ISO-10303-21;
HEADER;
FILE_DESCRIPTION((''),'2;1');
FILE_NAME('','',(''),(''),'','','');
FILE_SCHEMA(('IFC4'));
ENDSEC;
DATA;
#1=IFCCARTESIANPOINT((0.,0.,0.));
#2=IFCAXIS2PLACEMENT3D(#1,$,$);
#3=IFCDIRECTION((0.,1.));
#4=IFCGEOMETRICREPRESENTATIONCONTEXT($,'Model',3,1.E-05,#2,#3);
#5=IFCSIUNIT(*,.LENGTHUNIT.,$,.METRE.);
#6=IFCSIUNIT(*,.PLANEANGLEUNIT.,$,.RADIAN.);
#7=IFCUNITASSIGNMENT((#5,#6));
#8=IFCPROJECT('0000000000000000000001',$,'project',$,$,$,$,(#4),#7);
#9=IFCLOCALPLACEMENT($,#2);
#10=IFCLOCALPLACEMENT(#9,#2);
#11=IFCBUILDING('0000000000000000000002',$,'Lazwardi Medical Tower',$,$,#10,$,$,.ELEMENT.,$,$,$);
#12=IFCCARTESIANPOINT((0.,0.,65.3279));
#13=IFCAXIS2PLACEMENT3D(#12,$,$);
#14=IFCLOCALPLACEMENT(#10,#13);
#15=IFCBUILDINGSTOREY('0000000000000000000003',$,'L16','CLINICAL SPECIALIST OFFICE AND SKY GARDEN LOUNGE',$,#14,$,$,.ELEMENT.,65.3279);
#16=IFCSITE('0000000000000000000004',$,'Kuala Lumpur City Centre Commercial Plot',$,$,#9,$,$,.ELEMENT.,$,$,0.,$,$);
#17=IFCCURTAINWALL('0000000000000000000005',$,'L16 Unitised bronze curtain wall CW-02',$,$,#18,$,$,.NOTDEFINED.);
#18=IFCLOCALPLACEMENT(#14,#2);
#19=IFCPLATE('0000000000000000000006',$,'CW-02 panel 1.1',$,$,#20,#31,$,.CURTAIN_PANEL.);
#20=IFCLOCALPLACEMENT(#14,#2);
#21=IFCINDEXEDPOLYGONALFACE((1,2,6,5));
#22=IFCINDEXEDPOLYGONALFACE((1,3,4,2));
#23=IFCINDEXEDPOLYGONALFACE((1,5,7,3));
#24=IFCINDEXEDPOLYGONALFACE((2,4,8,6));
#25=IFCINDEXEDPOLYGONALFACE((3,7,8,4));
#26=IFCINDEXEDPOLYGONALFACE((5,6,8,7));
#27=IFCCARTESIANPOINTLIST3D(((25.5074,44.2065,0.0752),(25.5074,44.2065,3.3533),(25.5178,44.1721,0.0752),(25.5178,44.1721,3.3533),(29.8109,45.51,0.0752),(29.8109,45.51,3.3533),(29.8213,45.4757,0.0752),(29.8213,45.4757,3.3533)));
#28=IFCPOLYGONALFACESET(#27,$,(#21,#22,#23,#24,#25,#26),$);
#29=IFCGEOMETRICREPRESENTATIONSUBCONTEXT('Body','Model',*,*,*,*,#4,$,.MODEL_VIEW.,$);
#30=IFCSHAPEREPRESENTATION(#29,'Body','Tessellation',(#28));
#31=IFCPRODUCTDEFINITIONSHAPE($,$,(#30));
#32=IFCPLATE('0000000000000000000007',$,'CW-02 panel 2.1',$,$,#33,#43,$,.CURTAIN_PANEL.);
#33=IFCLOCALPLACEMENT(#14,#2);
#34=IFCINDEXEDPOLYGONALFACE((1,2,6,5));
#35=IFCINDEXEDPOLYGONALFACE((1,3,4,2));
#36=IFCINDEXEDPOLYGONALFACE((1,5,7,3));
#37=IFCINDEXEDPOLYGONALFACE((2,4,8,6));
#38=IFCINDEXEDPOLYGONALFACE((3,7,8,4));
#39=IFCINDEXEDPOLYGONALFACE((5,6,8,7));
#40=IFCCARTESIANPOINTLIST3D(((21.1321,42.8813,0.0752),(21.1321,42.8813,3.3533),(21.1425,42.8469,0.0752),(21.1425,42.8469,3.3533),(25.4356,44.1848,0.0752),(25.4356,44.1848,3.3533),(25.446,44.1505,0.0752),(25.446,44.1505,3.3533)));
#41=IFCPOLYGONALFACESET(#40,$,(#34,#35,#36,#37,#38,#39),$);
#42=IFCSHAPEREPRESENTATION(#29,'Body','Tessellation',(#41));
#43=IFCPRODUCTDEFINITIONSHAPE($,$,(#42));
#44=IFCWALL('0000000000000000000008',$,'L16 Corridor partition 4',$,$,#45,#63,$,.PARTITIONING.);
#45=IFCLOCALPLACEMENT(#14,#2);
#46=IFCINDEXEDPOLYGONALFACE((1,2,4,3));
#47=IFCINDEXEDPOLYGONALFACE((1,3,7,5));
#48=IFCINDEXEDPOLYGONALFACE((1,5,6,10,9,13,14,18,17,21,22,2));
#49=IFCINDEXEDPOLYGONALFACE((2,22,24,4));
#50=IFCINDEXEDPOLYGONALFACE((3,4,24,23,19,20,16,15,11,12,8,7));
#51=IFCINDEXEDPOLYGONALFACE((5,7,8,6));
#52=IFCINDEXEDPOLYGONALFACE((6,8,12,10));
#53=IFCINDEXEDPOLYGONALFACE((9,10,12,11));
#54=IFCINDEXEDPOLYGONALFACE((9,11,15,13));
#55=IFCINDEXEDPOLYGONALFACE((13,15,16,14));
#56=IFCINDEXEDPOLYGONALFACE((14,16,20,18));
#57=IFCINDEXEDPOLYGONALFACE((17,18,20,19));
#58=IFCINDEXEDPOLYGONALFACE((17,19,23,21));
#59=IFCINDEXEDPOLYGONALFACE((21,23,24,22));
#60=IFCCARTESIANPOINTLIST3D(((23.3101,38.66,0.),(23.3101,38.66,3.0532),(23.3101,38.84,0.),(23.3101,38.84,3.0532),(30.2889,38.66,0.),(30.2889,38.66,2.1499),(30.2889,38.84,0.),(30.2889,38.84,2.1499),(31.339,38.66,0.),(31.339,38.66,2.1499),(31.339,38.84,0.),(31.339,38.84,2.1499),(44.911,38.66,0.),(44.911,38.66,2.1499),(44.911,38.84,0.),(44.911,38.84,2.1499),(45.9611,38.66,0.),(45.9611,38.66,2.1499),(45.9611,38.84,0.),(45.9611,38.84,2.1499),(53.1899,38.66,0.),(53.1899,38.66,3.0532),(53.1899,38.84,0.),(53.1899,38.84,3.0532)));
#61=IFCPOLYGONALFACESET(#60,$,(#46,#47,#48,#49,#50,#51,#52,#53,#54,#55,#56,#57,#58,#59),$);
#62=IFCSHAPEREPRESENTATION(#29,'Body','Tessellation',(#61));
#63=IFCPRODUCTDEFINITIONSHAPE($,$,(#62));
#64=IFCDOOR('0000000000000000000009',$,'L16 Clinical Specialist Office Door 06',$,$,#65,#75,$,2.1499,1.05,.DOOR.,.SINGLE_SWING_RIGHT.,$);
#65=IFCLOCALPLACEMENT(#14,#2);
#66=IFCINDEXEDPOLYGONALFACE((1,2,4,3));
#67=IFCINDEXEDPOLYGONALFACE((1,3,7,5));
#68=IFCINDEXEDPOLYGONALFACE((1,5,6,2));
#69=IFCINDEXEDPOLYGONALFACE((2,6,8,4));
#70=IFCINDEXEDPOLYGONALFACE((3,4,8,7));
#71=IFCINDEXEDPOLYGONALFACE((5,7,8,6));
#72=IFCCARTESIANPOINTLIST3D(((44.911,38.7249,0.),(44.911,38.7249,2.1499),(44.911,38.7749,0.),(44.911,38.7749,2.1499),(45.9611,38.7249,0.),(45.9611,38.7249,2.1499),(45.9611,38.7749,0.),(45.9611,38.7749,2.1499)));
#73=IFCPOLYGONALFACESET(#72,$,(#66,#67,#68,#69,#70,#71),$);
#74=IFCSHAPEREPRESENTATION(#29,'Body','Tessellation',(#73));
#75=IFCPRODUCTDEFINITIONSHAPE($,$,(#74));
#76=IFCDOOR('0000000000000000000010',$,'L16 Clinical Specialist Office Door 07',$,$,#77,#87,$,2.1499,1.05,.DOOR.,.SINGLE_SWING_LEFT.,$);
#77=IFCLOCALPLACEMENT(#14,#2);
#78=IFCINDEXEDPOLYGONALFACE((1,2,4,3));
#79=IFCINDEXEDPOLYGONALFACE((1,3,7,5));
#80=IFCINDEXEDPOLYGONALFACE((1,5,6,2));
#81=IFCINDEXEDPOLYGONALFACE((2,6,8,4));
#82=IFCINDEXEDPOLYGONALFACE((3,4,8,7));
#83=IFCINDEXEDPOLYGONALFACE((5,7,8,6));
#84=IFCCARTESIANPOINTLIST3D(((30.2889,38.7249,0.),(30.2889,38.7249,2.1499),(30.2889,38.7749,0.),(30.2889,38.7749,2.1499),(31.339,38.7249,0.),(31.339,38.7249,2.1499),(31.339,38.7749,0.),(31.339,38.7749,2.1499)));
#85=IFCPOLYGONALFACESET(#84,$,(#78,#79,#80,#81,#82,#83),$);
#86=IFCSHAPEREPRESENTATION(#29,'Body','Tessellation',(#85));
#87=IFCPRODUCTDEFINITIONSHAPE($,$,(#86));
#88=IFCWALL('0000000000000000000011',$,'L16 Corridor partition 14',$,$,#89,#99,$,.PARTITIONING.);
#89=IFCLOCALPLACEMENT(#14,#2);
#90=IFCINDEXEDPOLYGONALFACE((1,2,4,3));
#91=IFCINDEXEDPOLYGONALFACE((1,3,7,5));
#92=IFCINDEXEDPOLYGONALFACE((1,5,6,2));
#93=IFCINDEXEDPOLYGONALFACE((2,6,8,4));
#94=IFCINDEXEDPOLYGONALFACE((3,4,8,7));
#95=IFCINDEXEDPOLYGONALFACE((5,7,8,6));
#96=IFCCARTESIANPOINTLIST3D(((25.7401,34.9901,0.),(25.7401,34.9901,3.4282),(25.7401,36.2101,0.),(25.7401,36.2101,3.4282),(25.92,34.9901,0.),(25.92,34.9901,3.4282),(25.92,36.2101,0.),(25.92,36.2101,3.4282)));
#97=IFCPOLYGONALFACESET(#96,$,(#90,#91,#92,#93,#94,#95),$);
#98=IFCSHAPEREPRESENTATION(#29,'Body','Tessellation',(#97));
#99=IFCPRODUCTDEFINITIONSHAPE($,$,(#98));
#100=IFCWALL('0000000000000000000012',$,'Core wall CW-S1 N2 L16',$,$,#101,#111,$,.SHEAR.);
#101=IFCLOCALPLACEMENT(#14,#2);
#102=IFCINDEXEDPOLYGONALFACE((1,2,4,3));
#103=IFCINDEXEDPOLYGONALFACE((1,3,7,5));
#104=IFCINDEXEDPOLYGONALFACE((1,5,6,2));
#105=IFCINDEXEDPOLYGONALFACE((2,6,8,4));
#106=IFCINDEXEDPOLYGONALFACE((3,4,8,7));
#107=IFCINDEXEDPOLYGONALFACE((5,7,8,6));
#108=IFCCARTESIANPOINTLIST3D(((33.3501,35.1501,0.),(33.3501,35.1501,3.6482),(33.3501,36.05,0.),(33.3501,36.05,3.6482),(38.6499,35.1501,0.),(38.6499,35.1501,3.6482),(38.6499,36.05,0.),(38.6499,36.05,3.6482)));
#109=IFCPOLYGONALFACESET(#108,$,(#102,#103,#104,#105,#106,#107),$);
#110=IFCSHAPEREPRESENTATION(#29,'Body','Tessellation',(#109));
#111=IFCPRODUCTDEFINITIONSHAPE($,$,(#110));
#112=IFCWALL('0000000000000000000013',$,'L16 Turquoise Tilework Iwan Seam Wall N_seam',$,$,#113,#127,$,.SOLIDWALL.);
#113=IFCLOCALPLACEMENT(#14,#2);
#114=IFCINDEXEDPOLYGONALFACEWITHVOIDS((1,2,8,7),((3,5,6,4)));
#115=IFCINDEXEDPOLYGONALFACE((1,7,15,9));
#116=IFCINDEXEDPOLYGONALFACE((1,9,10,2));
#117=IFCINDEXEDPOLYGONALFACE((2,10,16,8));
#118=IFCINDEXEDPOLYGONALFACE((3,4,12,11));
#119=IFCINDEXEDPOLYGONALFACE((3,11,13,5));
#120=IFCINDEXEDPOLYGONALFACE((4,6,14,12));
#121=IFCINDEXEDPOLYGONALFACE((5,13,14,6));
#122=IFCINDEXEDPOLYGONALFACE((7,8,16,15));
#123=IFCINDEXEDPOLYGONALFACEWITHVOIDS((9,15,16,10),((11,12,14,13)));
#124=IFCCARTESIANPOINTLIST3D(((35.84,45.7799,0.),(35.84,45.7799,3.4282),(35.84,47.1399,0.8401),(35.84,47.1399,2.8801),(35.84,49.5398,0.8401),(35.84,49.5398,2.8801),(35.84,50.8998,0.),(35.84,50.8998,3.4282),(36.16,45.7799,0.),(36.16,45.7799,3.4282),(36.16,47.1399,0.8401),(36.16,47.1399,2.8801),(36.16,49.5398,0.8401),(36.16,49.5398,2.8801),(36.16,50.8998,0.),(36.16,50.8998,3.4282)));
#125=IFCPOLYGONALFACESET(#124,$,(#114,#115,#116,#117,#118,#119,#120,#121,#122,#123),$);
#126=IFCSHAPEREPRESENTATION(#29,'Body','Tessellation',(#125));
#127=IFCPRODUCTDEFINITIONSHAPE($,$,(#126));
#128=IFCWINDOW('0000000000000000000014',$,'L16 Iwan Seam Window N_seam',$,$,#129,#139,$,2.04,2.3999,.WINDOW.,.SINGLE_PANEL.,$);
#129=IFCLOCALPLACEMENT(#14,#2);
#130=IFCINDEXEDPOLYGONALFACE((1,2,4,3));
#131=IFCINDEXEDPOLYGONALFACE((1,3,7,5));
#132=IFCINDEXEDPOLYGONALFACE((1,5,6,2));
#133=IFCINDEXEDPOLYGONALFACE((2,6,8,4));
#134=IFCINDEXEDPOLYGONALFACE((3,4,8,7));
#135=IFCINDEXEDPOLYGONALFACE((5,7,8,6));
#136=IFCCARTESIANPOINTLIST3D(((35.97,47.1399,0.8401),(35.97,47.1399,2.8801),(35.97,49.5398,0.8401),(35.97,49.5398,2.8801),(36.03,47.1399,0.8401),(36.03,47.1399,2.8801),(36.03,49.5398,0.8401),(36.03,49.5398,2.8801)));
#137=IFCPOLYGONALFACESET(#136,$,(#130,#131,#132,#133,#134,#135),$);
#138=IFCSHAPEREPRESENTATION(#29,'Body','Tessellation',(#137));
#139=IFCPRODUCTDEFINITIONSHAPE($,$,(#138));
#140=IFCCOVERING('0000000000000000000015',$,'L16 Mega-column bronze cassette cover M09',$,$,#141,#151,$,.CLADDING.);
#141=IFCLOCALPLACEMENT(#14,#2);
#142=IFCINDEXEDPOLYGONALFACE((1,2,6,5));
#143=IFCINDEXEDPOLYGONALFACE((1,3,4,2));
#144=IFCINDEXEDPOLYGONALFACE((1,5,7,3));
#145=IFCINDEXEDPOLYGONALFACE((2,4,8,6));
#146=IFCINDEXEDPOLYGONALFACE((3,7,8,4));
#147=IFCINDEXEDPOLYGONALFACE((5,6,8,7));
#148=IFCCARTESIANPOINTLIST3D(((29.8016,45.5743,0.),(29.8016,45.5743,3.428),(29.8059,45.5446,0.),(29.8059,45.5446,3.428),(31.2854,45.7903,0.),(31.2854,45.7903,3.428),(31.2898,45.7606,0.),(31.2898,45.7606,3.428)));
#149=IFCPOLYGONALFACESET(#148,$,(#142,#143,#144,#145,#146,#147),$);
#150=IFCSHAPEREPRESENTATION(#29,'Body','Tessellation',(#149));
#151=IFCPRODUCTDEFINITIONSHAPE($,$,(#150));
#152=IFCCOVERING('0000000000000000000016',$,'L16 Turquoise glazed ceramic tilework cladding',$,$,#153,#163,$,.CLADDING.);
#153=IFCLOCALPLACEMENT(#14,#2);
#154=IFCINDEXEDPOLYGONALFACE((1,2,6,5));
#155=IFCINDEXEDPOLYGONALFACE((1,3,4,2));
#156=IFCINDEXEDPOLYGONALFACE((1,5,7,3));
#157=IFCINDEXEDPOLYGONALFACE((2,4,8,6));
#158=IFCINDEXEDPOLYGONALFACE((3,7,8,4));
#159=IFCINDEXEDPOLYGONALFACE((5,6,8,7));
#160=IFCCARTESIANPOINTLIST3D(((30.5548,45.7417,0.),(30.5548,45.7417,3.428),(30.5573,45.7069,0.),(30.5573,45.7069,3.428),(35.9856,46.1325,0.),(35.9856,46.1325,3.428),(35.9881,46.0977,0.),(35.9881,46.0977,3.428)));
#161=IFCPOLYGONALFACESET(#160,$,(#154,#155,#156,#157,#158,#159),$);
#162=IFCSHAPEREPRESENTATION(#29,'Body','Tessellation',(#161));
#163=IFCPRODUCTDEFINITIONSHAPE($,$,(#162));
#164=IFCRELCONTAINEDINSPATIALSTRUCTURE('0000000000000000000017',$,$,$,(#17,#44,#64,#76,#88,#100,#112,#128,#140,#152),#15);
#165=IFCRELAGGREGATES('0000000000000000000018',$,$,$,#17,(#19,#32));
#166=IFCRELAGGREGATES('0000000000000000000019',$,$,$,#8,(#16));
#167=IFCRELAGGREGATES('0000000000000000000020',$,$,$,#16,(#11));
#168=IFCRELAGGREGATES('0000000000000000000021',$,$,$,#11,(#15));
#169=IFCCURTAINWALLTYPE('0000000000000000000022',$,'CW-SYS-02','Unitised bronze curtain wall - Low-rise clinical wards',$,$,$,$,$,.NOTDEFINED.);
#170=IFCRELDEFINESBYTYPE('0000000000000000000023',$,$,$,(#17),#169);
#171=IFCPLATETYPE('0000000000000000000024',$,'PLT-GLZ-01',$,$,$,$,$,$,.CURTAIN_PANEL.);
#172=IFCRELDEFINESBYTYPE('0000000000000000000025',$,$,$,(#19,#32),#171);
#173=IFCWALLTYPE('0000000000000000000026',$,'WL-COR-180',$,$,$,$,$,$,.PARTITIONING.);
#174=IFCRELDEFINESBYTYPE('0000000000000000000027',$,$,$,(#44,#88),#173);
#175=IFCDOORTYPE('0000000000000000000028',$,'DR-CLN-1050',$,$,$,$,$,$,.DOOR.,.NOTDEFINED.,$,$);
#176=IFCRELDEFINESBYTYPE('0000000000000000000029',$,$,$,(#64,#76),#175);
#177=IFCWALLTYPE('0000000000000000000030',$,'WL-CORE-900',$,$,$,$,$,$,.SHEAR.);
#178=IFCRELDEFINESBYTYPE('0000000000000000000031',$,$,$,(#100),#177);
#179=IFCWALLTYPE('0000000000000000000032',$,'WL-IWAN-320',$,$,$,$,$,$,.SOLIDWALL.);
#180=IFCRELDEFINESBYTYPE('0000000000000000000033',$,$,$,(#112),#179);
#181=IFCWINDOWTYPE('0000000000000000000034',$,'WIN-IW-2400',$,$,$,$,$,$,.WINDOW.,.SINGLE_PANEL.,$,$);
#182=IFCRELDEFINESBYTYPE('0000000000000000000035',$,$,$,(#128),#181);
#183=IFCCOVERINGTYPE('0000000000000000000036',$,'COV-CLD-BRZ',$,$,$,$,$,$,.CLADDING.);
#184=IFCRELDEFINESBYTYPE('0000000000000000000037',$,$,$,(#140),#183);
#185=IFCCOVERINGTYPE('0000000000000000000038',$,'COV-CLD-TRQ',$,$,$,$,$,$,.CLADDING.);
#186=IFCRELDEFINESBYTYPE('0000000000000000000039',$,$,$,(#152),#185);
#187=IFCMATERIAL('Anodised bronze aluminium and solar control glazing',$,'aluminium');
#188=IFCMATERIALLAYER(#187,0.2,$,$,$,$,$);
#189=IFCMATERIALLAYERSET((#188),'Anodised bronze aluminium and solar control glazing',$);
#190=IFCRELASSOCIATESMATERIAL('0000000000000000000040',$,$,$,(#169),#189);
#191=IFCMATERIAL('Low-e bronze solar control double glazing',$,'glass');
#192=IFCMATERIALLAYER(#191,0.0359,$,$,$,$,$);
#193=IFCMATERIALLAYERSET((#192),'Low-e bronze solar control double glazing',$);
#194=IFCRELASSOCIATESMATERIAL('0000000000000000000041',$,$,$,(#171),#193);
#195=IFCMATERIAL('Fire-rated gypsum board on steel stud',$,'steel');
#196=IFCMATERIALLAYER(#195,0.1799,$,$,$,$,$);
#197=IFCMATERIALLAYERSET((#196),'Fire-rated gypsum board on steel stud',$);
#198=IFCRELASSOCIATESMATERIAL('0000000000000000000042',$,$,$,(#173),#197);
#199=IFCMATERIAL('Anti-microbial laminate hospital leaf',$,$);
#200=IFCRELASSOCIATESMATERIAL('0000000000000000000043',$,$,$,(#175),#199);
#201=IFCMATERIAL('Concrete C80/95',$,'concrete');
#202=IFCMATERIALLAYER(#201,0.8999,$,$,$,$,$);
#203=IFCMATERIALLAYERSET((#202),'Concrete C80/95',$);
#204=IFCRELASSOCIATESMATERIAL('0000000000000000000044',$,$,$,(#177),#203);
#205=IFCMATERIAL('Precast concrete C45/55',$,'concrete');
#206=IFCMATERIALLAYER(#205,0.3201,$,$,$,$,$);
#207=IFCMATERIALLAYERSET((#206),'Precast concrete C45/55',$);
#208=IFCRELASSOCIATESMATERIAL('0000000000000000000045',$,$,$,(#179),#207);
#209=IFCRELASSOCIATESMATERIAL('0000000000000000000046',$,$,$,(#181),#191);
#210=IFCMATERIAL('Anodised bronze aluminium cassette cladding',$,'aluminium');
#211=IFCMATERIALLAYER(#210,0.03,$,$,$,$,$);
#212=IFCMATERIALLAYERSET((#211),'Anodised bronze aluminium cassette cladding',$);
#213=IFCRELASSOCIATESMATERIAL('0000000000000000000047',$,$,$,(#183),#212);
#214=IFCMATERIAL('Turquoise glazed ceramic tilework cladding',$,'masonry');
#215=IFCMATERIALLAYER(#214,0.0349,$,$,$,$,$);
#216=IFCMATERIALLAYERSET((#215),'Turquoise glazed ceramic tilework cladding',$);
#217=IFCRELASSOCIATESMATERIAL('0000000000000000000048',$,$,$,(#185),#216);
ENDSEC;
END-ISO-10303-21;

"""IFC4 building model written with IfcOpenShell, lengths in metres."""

from ifc_helpers import new_model, si_unit, direction, frame, frame_2d, origin, origin_2d, place, context, subcontext, project, spatial, rectangle, extrude, material, layer, layer_set, type_object, element, fill, aggregate, save


model = new_model("IFC4")

# Units and contexts
model_context = context("Model", 3, precision=1e-05, world=origin(), true_north=direction((0.0, 1.0)))
body_context = subcontext(model_context, "Body", "Model", "MODEL_VIEW")
ifc_project = project(units=[si_unit("LENGTHUNIT", "METRE"), si_unit("PLANEANGLEUNIT", "RADIAN")], contexts=[model_context])

# Site, building, storey
site_placement = place(None, origin())
site = spatial("IfcSite", under=ifc_project, at=site_placement, Name="Kuala Lumpur City Centre Commercial Plot", CompositionType="ELEMENT", RefElevation=0.0)
building_placement = place(site_placement, origin())
building = spatial("IfcBuilding", under=site, at=building_placement, Name="Lazwardi Medical Tower", CompositionType="ELEMENT")
storey_placement = place(building_placement, frame((0.0, 0.0, 65.3279)))
storey = spatial("IfcBuildingStorey", under=building, at=storey_placement, Name="L16", Description="CLINICAL SPECIALIST OFFICE AND SKY GARDEN LOUNGE", CompositionType="ELEMENT", Elevation=65.3279)

# Curtain wall, plates
ifc_material_1 = material(Name="Anodised bronze aluminium and solar control glazing", Category="aluminium")
ifc_layer_1 = layer(ifc_material_1, 0.2)
ifc_layer_set_1 = layer_set([ifc_layer_1], Name="Anodised bronze aluminium and solar control glazing")
curtain_wall_type = type_object("IfcCurtainWallType", Name="CW-SYS-02", Description="Unitised bronze curtain wall - Low-rise clinical wards", PredefinedType="NOTDEFINED", material=ifc_layer_set_1)
curtain_wall_placement = place(storey_placement, origin())
curtain_wall = element("IfcCurtainWall", 1, at=curtain_wall_placement, inside=storey, type_object=curtain_wall_type, Name="L16 Unitised bronze curtain wall CW-02", PredefinedType="NOTDEFINED")
ifc_material_2 = material(Name="Low-e bronze solar control double glazing", Category="glass")
ifc_layer_2 = layer(ifc_material_2, 0.0359)
ifc_layer_set_2 = layer_set([ifc_layer_2], Name="Low-e bronze solar control double glazing")
plate_type = type_object("IfcPlateType", Name="PLT-GLZ-01", PredefinedType="CURTAIN_PANEL", material=ifc_layer_set_2)
plate_1_placement = place(storey_placement, frame((27.6643, 44.8411, 0.0752), z_axis=(0.0, 0.0, 1.0), x_axis=(-0.957058, -0.289896, 0.0)))
plate_1 = element("IfcPlate", 2, at=plate_1_placement, type_object=plate_type, Name="CW-02 panel 1.1", PredefinedType="CURTAIN_PANEL", context=body_context, shape_type="SweptSolid", body=[
    extrude(rectangle(XDim=4.4966, YDim=0.0359, at=origin_2d()), origin(), (0.0, 0.0, 1.0), 3.2781),
])
plate_2_placement = place(storey_placement, frame((23.2891, 43.5159, 0.0752), z_axis=(0.0, 0.0, 1.0), x_axis=(-0.957058, -0.289896, 0.0)))
plate_2 = element("IfcPlate", 3, at=plate_2_placement, type_object=plate_type, Name="CW-02 panel 2.1", PredefinedType="CURTAIN_PANEL", context=body_context, shape_type="SweptSolid", body=[
    extrude(rectangle(XDim=4.4966, YDim=0.0359, at=origin_2d()), origin(), (0.0, 0.0, 1.0), 3.2781),
])
aggregate(curtain_wall, [plate_1, plate_2])

# Wall, openings, doors
ifc_material_3 = material(Name="Fire-rated gypsum board on steel stud", Category="steel")
ifc_layer_3 = layer(ifc_material_3, 0.1799)
ifc_layer_set_3 = layer_set([ifc_layer_3], Name="Fire-rated gypsum board on steel stud")
wall_type_1 = type_object("IfcWallType", Name="WL-COR-180", PredefinedType="PARTITIONING", material=ifc_layer_set_3)
wall_1_placement = place(storey_placement, frame((23.3101, 38.75, 0.0), z_axis=(0.0, 0.0, 1.0), x_axis=(1.0, 0.0, 0.0)))
wall_1 = element("IfcWall", 4, at=wall_1_placement, inside=storey, type_object=wall_type_1, Name="L16 Corridor partition 4", PredefinedType="PARTITIONING", context=body_context, shape_type="SweptSolid", body=[
    extrude(rectangle(XDim=29.8799, YDim=0.1799, at=frame_2d((14.9399, 0.0))), origin(), (0.0, 0.0, 1.0), 3.0532),
])
opening_1_placement = place(wall_1_placement, frame((21.6011, 0.0, 0.0)))
opening_1 = element("IfcOpeningElement", 5, at=opening_1_placement, cuts=wall_1, PredefinedType="OPENING", context=body_context, shape_type="SweptSolid", body=[
    extrude(rectangle(XDim=1.05, YDim=2.1499, at=frame_2d((0.5249, 1.075))), frame((0.0, 0.0999, 0.0), z_axis=(0.0, -1.0, 0.0), x_axis=(1.0, 0.0, 0.0)), (0.0, 0.0, 1.0), 0.2),
])
opening_2_placement = place(wall_1_placement, frame((6.979, 0.0, 0.0)))
opening_2 = element("IfcOpeningElement", 6, at=opening_2_placement, cuts=wall_1, PredefinedType="OPENING", context=body_context, shape_type="SweptSolid", body=[
    extrude(rectangle(XDim=1.05, YDim=2.1499, at=frame_2d((0.5249, 1.075))), frame((0.0, 0.0999, 0.0), z_axis=(0.0, -1.0, 0.0), x_axis=(1.0, 0.0, 0.0)), (0.0, 0.0, 1.0), 0.2),
])
ifc_material_4 = material(Name="Anti-microbial laminate hospital leaf")
door_type = type_object("IfcDoorType", Name="DR-CLN-1050", OperationType="NOTDEFINED", PredefinedType="DOOR", material=ifc_material_4)
door_1_placement = place(opening_1_placement, origin())
door_1 = element("IfcDoor", 7, at=door_1_placement, inside=storey, type_object=door_type, Name="L16 Clinical Specialist Office Door 06", OperationType="SINGLE_SWING_RIGHT", OverallHeight=2.1499, OverallWidth=1.05, PredefinedType="DOOR", context=body_context, shape_type="SweptSolid", body=[
    extrude(rectangle(XDim=1.05, YDim=2.1499, at=frame_2d((0.5249, 1.075))), frame((0.0, 0.0249, 0.0), z_axis=(0.0, -1.0, 0.0), x_axis=(1.0, 0.0, 0.0)), (0.0, 0.0, 1.0), 0.05),
])
fill(opening_1, door_1)
door_2_placement = place(opening_2_placement, origin())
door_2 = element("IfcDoor", 8, at=door_2_placement, inside=storey, type_object=door_type, Name="L16 Clinical Specialist Office Door 07", OperationType="SINGLE_SWING_LEFT", OverallHeight=2.1499, OverallWidth=1.05, PredefinedType="DOOR", context=body_context, shape_type="SweptSolid", body=[
    extrude(rectangle(XDim=1.05, YDim=2.1499, at=frame_2d((0.5249, 1.075))), frame((0.0, 0.0249, 0.0), z_axis=(0.0, -1.0, 0.0), x_axis=(1.0, 0.0, 0.0)), (0.0, 0.0, 1.0), 0.05),
])
fill(opening_2, door_2)

# Walls
wall_2_placement = place(storey_placement, frame((25.8301, 36.21, 0.0), z_axis=(0.0, 0.0, 1.0), x_axis=(0.0, -1.0, 0.0)))
element("IfcWall", 9, at=wall_2_placement, inside=storey, type_object=wall_type_1, Name="L16 Corridor partition 14", PredefinedType="PARTITIONING", context=body_context, shape_type="SweptSolid", body=[
    extrude(rectangle(XDim=1.22, YDim=0.1799, at=frame_2d((0.6099, 0.0))), origin(), (0.0, 0.0, 1.0), 3.4282),
])
ifc_material_5 = material(Name="Concrete C80/95", Category="concrete")
ifc_layer_4 = layer(ifc_material_5, 0.8999)
ifc_layer_set_4 = layer_set([ifc_layer_4], Name="Concrete C80/95")
wall_type_2 = type_object("IfcWallType", Name="WL-CORE-900", PredefinedType="SHEAR", material=ifc_layer_set_4)
wall_3_placement = place(storey_placement, frame((33.3501, 35.6001, 0.0), z_axis=(0.0, 0.0, 1.0), x_axis=(1.0, 0.0, 0.0)))
element("IfcWall", 10, at=wall_3_placement, inside=storey, type_object=wall_type_2, Name="Core wall CW-S1 N2 L16", PredefinedType="SHEAR", context=body_context, shape_type="SweptSolid", body=[
    extrude(rectangle(XDim=5.2998, YDim=0.8999, at=frame_2d((2.6499, 0.0))), origin(), (0.0, 0.0, 1.0), 3.6482),
])

# Wall, opening, window
ifc_material_6 = material(Name="Precast concrete C45/55", Category="concrete")
ifc_layer_5 = layer(ifc_material_6, 0.3201)
ifc_layer_set_5 = layer_set([ifc_layer_5], Name="Precast concrete C45/55")
wall_type_3 = type_object("IfcWallType", Name="WL-IWAN-320", PredefinedType="SOLIDWALL", material=ifc_layer_set_5)
wall_4_placement = place(storey_placement, frame((36.0, 50.8999, 0.0), z_axis=(0.0, 0.0, 1.0), x_axis=(0.0, -1.0, 0.0)))
wall_4 = element("IfcWall", 11, at=wall_4_placement, inside=storey, type_object=wall_type_3, Name="L16 Turquoise Tilework Iwan Seam Wall N_seam", PredefinedType="SOLIDWALL", context=body_context, shape_type="SweptSolid", body=[
    extrude(rectangle(XDim=5.1199, YDim=0.3201, at=frame_2d((2.5601, 0.0))), origin(), (0.0, 0.0, 1.0), 3.4282),
])
opening_3_placement = place(wall_4_placement, frame((1.3601, 0.0, 0.8401)))
opening_3 = element("IfcOpeningElement", 12, at=opening_3_placement, cuts=wall_4, PredefinedType="OPENING", context=body_context, shape_type="SweptSolid", body=[
    extrude(rectangle(XDim=2.3999, YDim=2.04, at=frame_2d((1.2, 1.02))), frame((0.0, 0.1699, 0.0), z_axis=(0.0, -1.0, 0.0), x_axis=(1.0, 0.0, 0.0)), (0.0, 0.0, 1.0), 0.3401),
])
window_type = type_object("IfcWindowType", Name="WIN-IW-2400", PartitioningType="SINGLE_PANEL", PredefinedType="WINDOW", material=ifc_material_2)
window_placement = place(opening_3_placement, origin())
window = element("IfcWindow", 13, at=window_placement, inside=storey, type_object=window_type, Name="L16 Iwan Seam Window N_seam", OverallHeight=2.04, OverallWidth=2.3999, PartitioningType="SINGLE_PANEL", PredefinedType="WINDOW", context=body_context, shape_type="SweptSolid", body=[
    extrude(rectangle(XDim=2.3999, YDim=2.04, at=frame_2d((1.2, 1.02))), frame((0.0, 0.03, 0.0), z_axis=(0.0, -1.0, 0.0), x_axis=(1.0, 0.0, 0.0)), (0.0, 0.0, 1.0), 0.0601),
])
fill(opening_3, window)

# Coverings
ifc_material_7 = material(Name="Anodised bronze aluminium cassette cladding", Category="aluminium")
ifc_layer_6 = layer(ifc_material_7, 0.03)
ifc_layer_set_6 = layer_set([ifc_layer_6], Name="Anodised bronze aluminium cassette cladding")
covering_type_1 = type_object("IfcCoveringType", Name="COV-CLD-BRZ", PredefinedType="CLADDING", material=ifc_layer_set_6)
covering_1_placement = place(storey_placement, frame((30.5457, 45.6675, 0.0), z_axis=(0.0, 0.0, 1.0), x_axis=(-0.989573, -0.144035, 0.0)))
element("IfcCovering", 14, at=covering_1_placement, inside=storey, type_object=covering_type_1, Name="L16 Mega-column bronze cassette cover M09", PredefinedType="CLADDING", context=body_context, shape_type="SweptSolid", body=[
    extrude(rectangle(XDim=1.4995, YDim=0.03, at=origin_2d()), origin(), (0.0, 0.0, 1.0), 3.428),
])
ifc_material_8 = material(Name="Turquoise glazed ceramic tilework cladding", Category="masonry")
ifc_layer_7 = layer(ifc_material_8, 0.0349)
ifc_layer_set_7 = layer_set([ifc_layer_7], Name="Turquoise glazed ceramic tilework cladding")
covering_type_2 = type_object("IfcCoveringType", Name="COV-CLD-TRQ", PredefinedType="CLADDING", material=ifc_layer_set_7)
covering_2_placement = place(storey_placement, frame((33.2715, 45.9197, 0.0), z_axis=(0.0, 0.0, 1.0), x_axis=(-0.997421, -0.071774, 0.0)))
element("IfcCovering", 15, at=covering_2_placement, inside=storey, type_object=covering_type_2, Name="L16 Turquoise glazed ceramic tilework cladding", PredefinedType="CLADDING", context=body_context, shape_type="SweptSolid", body=[
    extrude(rectangle(XDim=5.4448, YDim=0.0349, at=origin_2d()), origin(), (0.0, 0.0, 1.0), 3.428),
])

save(model, "model.ifc")
